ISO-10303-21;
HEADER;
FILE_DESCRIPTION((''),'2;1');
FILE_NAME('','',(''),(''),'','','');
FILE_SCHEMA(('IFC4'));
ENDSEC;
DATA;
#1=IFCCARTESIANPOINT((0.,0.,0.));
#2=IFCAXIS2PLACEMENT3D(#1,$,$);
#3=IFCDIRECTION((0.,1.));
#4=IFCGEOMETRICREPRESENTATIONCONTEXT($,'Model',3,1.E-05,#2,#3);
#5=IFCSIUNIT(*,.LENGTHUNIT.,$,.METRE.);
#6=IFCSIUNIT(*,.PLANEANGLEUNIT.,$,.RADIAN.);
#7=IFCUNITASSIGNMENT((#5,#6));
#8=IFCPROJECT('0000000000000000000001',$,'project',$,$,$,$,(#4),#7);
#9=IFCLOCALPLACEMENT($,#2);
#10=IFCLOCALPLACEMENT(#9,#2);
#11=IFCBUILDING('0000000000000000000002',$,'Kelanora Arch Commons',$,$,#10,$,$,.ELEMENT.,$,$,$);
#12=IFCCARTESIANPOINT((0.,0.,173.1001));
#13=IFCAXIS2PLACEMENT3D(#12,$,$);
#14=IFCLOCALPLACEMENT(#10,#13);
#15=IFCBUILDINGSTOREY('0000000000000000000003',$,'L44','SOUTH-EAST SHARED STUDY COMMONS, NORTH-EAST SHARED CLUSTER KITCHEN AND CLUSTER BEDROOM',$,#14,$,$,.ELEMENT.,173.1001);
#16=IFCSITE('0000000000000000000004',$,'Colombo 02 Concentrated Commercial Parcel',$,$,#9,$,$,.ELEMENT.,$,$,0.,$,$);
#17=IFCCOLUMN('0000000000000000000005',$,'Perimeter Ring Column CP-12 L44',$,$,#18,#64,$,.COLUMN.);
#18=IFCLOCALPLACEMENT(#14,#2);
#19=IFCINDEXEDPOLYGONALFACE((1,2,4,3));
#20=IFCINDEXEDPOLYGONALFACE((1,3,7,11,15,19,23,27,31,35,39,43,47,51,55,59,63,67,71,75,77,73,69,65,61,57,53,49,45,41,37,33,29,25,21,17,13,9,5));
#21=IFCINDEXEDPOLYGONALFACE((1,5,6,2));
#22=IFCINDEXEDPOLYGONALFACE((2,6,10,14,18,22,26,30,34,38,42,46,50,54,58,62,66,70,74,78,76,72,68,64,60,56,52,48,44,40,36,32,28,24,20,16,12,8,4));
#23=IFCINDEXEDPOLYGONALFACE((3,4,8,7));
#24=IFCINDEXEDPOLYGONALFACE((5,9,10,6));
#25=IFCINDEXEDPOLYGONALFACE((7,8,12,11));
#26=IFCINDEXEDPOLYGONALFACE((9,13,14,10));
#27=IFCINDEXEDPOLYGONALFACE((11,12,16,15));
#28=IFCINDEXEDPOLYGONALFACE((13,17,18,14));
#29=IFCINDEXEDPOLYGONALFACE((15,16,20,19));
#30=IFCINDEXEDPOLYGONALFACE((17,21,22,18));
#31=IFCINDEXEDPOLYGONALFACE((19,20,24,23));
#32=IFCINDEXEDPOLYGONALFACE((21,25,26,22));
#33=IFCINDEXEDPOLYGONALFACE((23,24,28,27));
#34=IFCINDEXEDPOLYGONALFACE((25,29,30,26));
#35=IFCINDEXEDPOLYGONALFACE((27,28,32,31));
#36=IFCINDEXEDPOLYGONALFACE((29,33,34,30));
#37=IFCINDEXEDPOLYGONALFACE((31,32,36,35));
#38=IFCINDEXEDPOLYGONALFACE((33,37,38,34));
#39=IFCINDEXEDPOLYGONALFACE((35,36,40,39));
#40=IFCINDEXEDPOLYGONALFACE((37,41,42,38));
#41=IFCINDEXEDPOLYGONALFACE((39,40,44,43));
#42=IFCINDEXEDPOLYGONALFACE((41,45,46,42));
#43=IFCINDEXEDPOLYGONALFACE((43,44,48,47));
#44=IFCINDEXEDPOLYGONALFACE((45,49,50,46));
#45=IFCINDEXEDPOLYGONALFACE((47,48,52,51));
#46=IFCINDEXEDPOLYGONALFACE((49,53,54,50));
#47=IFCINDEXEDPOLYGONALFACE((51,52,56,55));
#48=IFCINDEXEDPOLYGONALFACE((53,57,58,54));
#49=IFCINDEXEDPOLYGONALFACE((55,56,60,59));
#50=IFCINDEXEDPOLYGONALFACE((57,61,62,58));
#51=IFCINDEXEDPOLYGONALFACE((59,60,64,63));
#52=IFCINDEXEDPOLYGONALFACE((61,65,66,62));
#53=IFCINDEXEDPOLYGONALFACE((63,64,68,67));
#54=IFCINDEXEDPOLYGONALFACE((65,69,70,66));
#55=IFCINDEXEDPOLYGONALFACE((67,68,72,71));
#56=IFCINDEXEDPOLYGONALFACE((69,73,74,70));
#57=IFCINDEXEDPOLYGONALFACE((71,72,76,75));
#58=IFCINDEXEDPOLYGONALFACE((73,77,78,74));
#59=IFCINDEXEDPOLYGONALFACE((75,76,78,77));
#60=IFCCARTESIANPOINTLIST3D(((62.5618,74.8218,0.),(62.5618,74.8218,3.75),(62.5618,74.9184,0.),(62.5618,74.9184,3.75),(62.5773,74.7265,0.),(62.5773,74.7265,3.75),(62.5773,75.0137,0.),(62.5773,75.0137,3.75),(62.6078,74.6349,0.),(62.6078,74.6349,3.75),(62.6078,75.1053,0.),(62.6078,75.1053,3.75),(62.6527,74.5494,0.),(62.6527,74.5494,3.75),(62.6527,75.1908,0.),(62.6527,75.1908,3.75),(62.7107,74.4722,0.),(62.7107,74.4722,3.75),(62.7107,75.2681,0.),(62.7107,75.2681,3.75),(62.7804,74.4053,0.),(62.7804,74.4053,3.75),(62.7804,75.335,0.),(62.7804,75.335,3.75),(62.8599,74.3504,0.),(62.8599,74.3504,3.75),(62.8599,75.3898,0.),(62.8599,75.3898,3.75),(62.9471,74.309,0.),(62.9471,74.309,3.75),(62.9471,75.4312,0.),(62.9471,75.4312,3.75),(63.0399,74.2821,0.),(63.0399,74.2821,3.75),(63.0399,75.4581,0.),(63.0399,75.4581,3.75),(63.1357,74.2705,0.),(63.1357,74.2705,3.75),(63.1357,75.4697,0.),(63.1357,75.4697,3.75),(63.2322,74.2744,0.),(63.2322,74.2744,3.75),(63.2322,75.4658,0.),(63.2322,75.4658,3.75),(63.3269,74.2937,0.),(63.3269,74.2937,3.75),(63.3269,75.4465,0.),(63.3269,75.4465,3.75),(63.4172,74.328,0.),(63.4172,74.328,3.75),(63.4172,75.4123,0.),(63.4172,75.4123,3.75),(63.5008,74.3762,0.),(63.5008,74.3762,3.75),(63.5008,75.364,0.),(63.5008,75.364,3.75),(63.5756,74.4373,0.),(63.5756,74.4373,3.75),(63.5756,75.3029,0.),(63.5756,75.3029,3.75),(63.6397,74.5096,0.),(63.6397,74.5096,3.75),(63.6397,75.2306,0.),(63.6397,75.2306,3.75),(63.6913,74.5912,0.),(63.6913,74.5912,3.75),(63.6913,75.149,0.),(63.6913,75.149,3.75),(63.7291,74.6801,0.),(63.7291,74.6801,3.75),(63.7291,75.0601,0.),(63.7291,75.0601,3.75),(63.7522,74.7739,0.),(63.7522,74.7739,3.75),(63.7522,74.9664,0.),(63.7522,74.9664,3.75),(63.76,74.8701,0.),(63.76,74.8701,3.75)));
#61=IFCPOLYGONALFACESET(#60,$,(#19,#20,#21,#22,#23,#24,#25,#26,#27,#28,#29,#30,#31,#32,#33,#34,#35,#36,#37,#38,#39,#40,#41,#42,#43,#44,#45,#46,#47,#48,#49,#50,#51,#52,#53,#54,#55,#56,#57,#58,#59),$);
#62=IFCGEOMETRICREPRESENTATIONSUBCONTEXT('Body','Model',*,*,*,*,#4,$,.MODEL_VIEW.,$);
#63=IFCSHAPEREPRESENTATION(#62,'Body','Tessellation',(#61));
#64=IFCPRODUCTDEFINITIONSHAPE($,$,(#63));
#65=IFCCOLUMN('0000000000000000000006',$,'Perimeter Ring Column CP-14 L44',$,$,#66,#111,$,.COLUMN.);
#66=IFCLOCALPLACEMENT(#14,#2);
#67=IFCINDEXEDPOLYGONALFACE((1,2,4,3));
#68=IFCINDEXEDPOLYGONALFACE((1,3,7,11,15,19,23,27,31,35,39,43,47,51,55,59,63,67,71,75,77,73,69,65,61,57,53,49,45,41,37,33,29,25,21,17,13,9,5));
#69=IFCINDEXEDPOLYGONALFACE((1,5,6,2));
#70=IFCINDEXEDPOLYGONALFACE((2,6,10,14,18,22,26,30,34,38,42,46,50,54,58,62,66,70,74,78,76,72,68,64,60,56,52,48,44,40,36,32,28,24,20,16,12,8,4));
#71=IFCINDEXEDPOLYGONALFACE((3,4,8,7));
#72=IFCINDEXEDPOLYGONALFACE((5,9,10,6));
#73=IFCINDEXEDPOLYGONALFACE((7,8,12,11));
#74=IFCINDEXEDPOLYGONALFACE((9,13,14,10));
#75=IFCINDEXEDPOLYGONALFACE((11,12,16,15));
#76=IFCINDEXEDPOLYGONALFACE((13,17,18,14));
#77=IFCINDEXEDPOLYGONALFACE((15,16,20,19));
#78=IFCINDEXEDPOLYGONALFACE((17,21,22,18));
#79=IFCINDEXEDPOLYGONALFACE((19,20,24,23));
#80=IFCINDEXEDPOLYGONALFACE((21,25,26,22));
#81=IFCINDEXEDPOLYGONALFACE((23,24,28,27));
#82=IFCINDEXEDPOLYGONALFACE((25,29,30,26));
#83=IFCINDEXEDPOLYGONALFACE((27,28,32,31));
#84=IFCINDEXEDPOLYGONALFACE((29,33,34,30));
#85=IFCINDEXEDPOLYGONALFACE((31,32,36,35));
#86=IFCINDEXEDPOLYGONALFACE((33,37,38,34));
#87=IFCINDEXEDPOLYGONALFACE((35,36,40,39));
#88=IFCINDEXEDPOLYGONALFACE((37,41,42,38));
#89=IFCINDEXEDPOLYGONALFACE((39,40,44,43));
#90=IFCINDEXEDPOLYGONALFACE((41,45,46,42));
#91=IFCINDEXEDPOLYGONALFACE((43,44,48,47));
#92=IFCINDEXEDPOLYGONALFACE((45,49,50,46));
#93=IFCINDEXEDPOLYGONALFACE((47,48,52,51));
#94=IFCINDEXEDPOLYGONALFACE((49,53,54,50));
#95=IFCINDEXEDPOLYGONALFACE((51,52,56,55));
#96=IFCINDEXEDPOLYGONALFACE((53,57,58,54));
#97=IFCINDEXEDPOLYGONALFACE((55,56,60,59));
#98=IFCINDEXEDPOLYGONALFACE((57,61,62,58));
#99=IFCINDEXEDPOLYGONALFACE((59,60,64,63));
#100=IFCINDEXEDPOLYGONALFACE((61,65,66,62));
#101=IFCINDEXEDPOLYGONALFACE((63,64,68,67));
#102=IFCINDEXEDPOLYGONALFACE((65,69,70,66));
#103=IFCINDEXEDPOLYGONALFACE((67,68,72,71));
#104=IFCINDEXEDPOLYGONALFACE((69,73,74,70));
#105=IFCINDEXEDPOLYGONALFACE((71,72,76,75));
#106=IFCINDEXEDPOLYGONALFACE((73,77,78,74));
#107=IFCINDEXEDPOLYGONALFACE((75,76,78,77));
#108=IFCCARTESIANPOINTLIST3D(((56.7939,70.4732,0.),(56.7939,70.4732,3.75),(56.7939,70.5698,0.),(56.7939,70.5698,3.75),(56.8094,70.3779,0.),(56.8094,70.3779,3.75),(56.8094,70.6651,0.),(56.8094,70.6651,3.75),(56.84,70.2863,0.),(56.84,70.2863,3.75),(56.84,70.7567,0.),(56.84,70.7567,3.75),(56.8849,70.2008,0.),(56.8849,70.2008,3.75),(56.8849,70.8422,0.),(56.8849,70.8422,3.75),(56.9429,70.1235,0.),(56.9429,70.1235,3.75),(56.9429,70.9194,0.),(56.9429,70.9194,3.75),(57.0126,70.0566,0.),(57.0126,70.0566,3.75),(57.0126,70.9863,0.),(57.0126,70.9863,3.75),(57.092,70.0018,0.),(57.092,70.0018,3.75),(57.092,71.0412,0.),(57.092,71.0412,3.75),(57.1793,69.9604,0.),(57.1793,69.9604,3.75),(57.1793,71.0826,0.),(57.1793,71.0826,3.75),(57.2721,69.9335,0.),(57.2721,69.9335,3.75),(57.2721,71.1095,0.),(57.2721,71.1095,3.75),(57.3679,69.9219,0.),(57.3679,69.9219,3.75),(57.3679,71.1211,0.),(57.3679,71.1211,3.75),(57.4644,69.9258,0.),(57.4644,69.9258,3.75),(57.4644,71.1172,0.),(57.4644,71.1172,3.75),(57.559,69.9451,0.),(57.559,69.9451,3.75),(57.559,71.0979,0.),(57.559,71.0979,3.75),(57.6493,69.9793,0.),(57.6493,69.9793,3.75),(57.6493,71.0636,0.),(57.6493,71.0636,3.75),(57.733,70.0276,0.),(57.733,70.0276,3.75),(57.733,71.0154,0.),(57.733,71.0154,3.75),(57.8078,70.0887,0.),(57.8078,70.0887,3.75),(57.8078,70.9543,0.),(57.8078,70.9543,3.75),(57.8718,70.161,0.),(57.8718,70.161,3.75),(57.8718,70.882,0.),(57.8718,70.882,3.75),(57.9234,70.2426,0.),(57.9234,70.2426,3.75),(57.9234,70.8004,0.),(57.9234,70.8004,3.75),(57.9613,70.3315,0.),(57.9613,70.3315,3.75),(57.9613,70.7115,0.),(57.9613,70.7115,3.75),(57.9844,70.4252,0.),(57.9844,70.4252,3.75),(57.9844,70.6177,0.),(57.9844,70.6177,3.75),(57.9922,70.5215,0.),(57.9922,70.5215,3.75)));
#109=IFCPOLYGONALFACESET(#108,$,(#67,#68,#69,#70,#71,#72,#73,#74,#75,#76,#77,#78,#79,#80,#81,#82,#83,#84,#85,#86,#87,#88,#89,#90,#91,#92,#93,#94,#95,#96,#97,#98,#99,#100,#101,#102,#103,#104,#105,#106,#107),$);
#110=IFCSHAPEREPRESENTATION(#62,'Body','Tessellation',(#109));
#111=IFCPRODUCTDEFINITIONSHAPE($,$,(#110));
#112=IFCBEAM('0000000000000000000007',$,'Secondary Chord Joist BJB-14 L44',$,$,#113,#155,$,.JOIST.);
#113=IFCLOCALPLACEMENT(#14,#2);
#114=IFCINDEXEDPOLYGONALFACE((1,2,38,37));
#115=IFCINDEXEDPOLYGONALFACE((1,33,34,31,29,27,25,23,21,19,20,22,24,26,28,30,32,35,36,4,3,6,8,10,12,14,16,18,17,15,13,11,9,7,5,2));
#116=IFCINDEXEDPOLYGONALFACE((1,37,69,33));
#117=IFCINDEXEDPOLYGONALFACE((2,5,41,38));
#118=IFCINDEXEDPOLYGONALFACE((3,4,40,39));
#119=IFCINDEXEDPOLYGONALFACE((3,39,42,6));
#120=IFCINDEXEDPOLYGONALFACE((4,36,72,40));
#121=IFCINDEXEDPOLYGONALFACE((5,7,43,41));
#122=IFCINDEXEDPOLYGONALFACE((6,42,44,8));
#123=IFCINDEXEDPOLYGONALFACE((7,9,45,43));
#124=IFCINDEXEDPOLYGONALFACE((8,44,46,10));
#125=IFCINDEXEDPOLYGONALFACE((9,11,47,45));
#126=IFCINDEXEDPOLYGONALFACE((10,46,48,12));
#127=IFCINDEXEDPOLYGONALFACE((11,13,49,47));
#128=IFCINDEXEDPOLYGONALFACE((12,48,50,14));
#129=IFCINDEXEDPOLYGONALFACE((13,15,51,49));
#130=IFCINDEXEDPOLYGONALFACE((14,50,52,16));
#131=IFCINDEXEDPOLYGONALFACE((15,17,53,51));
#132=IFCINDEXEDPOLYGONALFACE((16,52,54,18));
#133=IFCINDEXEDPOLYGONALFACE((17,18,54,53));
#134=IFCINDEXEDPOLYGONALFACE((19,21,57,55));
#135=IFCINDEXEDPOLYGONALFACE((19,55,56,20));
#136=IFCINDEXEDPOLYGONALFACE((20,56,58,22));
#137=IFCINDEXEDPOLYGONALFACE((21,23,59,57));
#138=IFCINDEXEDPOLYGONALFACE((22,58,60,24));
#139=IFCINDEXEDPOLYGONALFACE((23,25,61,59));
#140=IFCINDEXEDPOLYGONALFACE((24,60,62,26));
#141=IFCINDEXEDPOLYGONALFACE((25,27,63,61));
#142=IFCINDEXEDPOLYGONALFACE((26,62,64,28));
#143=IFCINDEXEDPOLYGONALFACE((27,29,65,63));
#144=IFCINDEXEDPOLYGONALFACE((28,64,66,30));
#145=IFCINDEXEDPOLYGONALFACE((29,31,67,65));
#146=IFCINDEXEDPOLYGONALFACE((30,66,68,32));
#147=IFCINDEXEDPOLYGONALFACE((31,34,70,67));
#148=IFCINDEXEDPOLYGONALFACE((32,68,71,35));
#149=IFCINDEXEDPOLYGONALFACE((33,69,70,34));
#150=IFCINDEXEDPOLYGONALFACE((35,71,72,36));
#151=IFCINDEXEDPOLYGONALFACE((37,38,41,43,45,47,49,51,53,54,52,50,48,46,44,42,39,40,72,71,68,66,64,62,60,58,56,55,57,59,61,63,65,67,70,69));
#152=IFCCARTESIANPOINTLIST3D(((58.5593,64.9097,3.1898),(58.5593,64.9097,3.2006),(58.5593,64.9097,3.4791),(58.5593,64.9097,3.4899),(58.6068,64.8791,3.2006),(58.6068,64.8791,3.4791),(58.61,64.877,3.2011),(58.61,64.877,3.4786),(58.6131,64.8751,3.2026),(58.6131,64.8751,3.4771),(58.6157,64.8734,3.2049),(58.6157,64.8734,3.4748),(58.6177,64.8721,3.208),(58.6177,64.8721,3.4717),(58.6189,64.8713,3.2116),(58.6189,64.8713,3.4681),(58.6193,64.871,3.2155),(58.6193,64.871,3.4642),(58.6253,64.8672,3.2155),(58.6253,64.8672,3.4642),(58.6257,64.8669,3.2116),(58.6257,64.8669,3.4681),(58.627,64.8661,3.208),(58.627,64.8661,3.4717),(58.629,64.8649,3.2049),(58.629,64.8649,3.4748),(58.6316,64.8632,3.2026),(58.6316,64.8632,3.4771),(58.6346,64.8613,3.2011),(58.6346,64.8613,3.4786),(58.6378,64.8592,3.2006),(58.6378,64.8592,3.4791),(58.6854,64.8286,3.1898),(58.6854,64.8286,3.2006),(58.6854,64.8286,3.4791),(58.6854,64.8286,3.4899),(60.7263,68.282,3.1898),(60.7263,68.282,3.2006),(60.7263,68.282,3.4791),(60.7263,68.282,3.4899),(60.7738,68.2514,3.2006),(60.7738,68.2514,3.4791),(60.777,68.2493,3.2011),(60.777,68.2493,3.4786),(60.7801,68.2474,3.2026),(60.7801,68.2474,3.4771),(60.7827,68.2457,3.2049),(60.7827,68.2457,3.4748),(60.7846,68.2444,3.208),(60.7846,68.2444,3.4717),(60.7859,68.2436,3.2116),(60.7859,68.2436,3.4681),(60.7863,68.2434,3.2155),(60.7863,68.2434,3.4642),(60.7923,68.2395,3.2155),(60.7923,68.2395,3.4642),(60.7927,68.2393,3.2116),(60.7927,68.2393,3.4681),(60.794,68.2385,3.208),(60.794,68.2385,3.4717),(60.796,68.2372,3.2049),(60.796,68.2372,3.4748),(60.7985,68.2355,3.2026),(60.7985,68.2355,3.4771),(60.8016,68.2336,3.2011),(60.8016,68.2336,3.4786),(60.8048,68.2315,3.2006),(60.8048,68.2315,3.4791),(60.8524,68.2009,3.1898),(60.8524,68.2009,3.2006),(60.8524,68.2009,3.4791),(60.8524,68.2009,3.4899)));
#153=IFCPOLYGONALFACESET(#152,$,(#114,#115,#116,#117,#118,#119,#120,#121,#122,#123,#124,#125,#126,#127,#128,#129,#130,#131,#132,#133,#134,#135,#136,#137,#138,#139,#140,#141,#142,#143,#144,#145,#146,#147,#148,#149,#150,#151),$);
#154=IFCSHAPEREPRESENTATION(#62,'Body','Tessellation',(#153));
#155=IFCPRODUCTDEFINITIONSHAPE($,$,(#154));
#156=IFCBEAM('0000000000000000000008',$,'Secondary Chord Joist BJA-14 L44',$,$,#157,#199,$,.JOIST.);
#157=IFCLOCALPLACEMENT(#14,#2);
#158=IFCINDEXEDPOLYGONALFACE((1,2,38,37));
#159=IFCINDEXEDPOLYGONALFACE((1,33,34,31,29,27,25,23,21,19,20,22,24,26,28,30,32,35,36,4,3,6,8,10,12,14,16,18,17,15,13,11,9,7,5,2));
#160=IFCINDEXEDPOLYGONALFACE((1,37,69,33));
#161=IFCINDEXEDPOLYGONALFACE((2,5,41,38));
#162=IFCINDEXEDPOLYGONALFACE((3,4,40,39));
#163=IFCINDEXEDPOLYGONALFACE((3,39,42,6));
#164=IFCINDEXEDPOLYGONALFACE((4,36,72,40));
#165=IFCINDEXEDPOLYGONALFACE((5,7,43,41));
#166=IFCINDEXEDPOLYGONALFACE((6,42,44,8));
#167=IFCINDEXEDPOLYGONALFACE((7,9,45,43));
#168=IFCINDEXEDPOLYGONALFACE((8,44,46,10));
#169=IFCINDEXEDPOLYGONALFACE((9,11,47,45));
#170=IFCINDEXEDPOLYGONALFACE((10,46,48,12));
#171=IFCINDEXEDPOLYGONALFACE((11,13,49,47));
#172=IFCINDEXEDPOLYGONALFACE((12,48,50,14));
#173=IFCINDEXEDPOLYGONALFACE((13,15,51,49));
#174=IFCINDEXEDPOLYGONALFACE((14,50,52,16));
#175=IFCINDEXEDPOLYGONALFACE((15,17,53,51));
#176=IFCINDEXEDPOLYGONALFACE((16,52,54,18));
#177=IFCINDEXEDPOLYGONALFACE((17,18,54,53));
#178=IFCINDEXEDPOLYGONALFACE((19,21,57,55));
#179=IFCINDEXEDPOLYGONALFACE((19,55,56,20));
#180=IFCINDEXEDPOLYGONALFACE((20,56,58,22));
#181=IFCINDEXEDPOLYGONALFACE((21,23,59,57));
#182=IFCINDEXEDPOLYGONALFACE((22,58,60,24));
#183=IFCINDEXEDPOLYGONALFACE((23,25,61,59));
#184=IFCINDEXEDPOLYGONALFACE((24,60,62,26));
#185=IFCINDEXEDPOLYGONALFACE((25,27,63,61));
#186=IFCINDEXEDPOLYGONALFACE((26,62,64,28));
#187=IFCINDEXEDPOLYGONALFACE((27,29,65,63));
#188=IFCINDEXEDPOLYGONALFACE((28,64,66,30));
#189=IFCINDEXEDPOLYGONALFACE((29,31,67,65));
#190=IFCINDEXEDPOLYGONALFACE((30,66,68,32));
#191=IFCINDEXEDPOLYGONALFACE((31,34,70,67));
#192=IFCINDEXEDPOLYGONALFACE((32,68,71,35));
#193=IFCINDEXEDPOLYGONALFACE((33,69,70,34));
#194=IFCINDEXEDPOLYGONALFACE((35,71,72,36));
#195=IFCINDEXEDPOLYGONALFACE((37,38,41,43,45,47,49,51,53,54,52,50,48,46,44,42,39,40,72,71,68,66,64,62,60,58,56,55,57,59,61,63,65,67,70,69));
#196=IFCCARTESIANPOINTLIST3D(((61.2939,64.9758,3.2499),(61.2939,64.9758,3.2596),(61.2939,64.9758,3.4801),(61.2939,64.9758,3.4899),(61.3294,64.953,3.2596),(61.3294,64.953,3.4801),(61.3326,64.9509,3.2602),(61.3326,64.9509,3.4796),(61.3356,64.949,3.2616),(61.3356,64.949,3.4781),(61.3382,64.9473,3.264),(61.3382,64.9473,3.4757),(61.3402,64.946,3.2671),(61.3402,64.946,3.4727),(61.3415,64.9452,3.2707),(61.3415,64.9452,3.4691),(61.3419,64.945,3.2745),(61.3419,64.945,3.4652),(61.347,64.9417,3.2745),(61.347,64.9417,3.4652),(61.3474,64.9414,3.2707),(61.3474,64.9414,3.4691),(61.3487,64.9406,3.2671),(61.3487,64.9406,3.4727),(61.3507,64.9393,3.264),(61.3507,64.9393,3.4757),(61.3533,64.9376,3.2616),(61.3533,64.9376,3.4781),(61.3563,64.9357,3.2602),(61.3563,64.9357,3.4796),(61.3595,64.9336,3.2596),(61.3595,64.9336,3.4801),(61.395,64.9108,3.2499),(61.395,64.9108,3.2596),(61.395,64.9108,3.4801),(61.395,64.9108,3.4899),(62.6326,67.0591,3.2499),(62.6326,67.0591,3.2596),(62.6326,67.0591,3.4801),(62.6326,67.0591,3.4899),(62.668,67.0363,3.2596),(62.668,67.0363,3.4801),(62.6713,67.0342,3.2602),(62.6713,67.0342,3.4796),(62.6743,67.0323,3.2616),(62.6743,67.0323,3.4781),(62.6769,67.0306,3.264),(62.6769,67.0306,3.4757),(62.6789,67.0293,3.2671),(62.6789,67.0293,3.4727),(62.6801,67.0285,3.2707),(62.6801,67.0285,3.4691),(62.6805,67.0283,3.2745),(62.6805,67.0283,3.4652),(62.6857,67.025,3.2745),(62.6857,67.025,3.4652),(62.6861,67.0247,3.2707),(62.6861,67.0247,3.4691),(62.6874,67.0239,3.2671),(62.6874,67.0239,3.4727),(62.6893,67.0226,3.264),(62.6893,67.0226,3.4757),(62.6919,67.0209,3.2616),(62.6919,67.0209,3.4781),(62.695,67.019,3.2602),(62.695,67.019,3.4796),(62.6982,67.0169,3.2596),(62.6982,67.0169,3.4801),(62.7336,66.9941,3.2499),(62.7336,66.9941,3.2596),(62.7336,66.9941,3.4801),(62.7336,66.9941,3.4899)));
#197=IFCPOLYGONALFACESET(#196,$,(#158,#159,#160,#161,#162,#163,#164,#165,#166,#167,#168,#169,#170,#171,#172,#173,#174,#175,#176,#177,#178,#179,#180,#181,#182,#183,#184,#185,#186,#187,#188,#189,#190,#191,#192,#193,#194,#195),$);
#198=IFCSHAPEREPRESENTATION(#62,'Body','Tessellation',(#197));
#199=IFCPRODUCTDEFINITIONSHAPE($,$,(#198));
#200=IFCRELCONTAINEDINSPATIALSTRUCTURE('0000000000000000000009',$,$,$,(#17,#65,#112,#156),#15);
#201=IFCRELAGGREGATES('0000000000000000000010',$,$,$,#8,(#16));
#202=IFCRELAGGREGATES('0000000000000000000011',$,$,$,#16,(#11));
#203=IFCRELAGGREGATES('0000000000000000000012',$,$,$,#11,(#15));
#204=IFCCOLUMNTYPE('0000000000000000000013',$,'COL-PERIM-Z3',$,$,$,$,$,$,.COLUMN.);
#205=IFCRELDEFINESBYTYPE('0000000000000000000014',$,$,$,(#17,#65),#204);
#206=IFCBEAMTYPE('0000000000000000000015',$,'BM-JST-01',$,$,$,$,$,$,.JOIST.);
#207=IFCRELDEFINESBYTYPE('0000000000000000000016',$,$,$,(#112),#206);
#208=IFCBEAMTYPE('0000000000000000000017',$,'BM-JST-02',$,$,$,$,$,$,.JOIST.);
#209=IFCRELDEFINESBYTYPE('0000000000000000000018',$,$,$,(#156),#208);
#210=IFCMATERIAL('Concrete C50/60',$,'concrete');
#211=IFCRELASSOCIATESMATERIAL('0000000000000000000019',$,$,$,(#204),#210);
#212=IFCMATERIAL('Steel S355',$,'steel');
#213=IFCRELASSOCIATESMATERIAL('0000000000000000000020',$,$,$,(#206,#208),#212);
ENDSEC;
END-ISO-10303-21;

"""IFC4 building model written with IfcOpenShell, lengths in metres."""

from ifc_helpers import new_model, si_unit, direction, frame, origin, origin_2d, place, context, subcontext, project, spatial, circle, i_section, extrude, material, material_profile, profile_set, type_object, element, save


model = new_model("IFC4")

# Units and contexts
model_context = context("Model", 3, precision=1e-05, world=origin(), true_north=direction((0.0, 1.0)))
body_context = subcontext(model_context, "Body", "Model", "MODEL_VIEW")
ifc_project = project(units=[si_unit("LENGTHUNIT", "METRE"), si_unit("PLANEANGLEUNIT", "RADIAN")], contexts=[model_context])

# Site, building, storey
site_placement = place(None, origin())
site = spatial("IfcSite", under=ifc_project, at=site_placement, Name="Colombo 02 Concentrated Commercial Parcel", CompositionType="ELEMENT", RefElevation=0.0)
building_placement = place(site_placement, origin())
building = spatial("IfcBuilding", under=site, at=building_placement, Name="Kelanora Arch Commons", CompositionType="ELEMENT")
storey_placement = place(building_placement, frame((0.0, 0.0, 173.1001)))
storey = spatial("IfcBuildingStorey", under=building, at=storey_placement, Name="L44", Description="SOUTH-EAST SHARED STUDY COMMONS, NORTH-EAST SHARED CLUSTER KITCHEN AND CLUSTER BEDROOM", CompositionType="ELEMENT", Elevation=173.1001)

# Columns
ifc_material_1 = material(Name="Concrete C50/60", Category="concrete")
ifc_material_profile_1 = material_profile(ifc_material_1, circle(Radius=0.6001, at=origin_2d()), Name="RCC1200")
ifc_profile_set_1 = profile_set([ifc_material_profile_1], Name="Concrete C50/60")
column_type = type_object("IfcColumnType", Name="COL-PERIM-Z3", PredefinedType="COLUMN", material=ifc_profile_set_1)
for number, where, z_axis, x_axis, name in (
    (1, (63.1599, 74.8701, 0.0), (0.0, 0.0, 1.0), (1.0, 0.0, 0.0), "Perimeter Ring Column CP-12 L44"),
    (2, (57.3921, 70.5215, 0.0), (0.0, 0.0, 1.0), (1.0, 0.0, 0.0), "Perimeter Ring Column CP-14 L44"),
):
    element("IfcColumn", number, at=place(storey_placement, frame(where, z_axis=z_axis, x_axis=x_axis)), inside=storey, type_object=column_type, Name=name, PredefinedType="COLUMN", context=body_context, shape_type="SweptSolid", body=[
        extrude(circle(Radius=0.6001, at=origin_2d()), origin(), (0.0, 0.0, 1.0), 3.75),
    ])

# Beams
ifc_material_2 = material(Name="Steel S355", Category="steel")
ifc_material_profile_2 = material_profile(ifc_material_2, i_section(OverallWidth=0.1499, OverallDepth=0.3, WebThickness=0.0071, FlangeThickness=0.0107, FilletRadius=0.0149, at=origin_2d()), Name="IPE300")
ifc_profile_set_2 = profile_set([ifc_material_profile_2], Name="Steel S355")
beam_type_1 = type_object("IfcBeamType", Name="BM-JST-01", PredefinedType="JOIST", material=ifc_profile_set_2)
beam_1_placement = place(storey_placement, frame((60.7893, 68.2415, 3.3398), z_axis=(-0.540594, -0.841283, 0.0), x_axis=(0.841283, -0.540594, 0.0)))
element("IfcBeam", 3, at=beam_1_placement, inside=storey, type_object=beam_type_1, Name="Secondary Chord Joist BJB-14 L44", PredefinedType="JOIST", context=body_context, shape_type="SweptSolid", body=[
    extrude(i_section(OverallWidth=0.1499, OverallDepth=0.3, WebThickness=0.0071, FlangeThickness=0.0107, FilletRadius=0.0149, at=origin_2d()), origin(), (0.0, 0.0, 1.0), 4.0085),
])
ifc_material_profile_3 = material_profile(ifc_material_2, i_section(OverallWidth=0.1201, OverallDepth=0.24, WebThickness=0.0061, FlangeThickness=0.0098, FilletRadius=0.0149, at=origin_2d()), Name="IPE240")
ifc_profile_set_3 = profile_set([ifc_material_profile_3], Name="Steel S355")
beam_type_2 = type_object("IfcBeamType", Name="BM-JST-02", PredefinedType="JOIST", material=ifc_profile_set_3)
beam_2_placement = place(storey_placement, frame((62.6831, 67.0266, 3.3699), z_axis=(-0.540583, -0.841291, 0.0), x_axis=(0.841291, -0.540583, 0.0)))
element("IfcBeam", 4, at=beam_2_placement, inside=storey, type_object=beam_type_2, Name="Secondary Chord Joist BJA-14 L44", PredefinedType="JOIST", context=body_context, shape_type="SweptSolid", body=[
    extrude(i_section(OverallWidth=0.1201, OverallDepth=0.24, WebThickness=0.0061, FlangeThickness=0.0098, FilletRadius=0.0149, at=origin_2d()), origin(), (0.0, 0.0, 1.0), 2.4763),
])

save(model, "model.ifc")
